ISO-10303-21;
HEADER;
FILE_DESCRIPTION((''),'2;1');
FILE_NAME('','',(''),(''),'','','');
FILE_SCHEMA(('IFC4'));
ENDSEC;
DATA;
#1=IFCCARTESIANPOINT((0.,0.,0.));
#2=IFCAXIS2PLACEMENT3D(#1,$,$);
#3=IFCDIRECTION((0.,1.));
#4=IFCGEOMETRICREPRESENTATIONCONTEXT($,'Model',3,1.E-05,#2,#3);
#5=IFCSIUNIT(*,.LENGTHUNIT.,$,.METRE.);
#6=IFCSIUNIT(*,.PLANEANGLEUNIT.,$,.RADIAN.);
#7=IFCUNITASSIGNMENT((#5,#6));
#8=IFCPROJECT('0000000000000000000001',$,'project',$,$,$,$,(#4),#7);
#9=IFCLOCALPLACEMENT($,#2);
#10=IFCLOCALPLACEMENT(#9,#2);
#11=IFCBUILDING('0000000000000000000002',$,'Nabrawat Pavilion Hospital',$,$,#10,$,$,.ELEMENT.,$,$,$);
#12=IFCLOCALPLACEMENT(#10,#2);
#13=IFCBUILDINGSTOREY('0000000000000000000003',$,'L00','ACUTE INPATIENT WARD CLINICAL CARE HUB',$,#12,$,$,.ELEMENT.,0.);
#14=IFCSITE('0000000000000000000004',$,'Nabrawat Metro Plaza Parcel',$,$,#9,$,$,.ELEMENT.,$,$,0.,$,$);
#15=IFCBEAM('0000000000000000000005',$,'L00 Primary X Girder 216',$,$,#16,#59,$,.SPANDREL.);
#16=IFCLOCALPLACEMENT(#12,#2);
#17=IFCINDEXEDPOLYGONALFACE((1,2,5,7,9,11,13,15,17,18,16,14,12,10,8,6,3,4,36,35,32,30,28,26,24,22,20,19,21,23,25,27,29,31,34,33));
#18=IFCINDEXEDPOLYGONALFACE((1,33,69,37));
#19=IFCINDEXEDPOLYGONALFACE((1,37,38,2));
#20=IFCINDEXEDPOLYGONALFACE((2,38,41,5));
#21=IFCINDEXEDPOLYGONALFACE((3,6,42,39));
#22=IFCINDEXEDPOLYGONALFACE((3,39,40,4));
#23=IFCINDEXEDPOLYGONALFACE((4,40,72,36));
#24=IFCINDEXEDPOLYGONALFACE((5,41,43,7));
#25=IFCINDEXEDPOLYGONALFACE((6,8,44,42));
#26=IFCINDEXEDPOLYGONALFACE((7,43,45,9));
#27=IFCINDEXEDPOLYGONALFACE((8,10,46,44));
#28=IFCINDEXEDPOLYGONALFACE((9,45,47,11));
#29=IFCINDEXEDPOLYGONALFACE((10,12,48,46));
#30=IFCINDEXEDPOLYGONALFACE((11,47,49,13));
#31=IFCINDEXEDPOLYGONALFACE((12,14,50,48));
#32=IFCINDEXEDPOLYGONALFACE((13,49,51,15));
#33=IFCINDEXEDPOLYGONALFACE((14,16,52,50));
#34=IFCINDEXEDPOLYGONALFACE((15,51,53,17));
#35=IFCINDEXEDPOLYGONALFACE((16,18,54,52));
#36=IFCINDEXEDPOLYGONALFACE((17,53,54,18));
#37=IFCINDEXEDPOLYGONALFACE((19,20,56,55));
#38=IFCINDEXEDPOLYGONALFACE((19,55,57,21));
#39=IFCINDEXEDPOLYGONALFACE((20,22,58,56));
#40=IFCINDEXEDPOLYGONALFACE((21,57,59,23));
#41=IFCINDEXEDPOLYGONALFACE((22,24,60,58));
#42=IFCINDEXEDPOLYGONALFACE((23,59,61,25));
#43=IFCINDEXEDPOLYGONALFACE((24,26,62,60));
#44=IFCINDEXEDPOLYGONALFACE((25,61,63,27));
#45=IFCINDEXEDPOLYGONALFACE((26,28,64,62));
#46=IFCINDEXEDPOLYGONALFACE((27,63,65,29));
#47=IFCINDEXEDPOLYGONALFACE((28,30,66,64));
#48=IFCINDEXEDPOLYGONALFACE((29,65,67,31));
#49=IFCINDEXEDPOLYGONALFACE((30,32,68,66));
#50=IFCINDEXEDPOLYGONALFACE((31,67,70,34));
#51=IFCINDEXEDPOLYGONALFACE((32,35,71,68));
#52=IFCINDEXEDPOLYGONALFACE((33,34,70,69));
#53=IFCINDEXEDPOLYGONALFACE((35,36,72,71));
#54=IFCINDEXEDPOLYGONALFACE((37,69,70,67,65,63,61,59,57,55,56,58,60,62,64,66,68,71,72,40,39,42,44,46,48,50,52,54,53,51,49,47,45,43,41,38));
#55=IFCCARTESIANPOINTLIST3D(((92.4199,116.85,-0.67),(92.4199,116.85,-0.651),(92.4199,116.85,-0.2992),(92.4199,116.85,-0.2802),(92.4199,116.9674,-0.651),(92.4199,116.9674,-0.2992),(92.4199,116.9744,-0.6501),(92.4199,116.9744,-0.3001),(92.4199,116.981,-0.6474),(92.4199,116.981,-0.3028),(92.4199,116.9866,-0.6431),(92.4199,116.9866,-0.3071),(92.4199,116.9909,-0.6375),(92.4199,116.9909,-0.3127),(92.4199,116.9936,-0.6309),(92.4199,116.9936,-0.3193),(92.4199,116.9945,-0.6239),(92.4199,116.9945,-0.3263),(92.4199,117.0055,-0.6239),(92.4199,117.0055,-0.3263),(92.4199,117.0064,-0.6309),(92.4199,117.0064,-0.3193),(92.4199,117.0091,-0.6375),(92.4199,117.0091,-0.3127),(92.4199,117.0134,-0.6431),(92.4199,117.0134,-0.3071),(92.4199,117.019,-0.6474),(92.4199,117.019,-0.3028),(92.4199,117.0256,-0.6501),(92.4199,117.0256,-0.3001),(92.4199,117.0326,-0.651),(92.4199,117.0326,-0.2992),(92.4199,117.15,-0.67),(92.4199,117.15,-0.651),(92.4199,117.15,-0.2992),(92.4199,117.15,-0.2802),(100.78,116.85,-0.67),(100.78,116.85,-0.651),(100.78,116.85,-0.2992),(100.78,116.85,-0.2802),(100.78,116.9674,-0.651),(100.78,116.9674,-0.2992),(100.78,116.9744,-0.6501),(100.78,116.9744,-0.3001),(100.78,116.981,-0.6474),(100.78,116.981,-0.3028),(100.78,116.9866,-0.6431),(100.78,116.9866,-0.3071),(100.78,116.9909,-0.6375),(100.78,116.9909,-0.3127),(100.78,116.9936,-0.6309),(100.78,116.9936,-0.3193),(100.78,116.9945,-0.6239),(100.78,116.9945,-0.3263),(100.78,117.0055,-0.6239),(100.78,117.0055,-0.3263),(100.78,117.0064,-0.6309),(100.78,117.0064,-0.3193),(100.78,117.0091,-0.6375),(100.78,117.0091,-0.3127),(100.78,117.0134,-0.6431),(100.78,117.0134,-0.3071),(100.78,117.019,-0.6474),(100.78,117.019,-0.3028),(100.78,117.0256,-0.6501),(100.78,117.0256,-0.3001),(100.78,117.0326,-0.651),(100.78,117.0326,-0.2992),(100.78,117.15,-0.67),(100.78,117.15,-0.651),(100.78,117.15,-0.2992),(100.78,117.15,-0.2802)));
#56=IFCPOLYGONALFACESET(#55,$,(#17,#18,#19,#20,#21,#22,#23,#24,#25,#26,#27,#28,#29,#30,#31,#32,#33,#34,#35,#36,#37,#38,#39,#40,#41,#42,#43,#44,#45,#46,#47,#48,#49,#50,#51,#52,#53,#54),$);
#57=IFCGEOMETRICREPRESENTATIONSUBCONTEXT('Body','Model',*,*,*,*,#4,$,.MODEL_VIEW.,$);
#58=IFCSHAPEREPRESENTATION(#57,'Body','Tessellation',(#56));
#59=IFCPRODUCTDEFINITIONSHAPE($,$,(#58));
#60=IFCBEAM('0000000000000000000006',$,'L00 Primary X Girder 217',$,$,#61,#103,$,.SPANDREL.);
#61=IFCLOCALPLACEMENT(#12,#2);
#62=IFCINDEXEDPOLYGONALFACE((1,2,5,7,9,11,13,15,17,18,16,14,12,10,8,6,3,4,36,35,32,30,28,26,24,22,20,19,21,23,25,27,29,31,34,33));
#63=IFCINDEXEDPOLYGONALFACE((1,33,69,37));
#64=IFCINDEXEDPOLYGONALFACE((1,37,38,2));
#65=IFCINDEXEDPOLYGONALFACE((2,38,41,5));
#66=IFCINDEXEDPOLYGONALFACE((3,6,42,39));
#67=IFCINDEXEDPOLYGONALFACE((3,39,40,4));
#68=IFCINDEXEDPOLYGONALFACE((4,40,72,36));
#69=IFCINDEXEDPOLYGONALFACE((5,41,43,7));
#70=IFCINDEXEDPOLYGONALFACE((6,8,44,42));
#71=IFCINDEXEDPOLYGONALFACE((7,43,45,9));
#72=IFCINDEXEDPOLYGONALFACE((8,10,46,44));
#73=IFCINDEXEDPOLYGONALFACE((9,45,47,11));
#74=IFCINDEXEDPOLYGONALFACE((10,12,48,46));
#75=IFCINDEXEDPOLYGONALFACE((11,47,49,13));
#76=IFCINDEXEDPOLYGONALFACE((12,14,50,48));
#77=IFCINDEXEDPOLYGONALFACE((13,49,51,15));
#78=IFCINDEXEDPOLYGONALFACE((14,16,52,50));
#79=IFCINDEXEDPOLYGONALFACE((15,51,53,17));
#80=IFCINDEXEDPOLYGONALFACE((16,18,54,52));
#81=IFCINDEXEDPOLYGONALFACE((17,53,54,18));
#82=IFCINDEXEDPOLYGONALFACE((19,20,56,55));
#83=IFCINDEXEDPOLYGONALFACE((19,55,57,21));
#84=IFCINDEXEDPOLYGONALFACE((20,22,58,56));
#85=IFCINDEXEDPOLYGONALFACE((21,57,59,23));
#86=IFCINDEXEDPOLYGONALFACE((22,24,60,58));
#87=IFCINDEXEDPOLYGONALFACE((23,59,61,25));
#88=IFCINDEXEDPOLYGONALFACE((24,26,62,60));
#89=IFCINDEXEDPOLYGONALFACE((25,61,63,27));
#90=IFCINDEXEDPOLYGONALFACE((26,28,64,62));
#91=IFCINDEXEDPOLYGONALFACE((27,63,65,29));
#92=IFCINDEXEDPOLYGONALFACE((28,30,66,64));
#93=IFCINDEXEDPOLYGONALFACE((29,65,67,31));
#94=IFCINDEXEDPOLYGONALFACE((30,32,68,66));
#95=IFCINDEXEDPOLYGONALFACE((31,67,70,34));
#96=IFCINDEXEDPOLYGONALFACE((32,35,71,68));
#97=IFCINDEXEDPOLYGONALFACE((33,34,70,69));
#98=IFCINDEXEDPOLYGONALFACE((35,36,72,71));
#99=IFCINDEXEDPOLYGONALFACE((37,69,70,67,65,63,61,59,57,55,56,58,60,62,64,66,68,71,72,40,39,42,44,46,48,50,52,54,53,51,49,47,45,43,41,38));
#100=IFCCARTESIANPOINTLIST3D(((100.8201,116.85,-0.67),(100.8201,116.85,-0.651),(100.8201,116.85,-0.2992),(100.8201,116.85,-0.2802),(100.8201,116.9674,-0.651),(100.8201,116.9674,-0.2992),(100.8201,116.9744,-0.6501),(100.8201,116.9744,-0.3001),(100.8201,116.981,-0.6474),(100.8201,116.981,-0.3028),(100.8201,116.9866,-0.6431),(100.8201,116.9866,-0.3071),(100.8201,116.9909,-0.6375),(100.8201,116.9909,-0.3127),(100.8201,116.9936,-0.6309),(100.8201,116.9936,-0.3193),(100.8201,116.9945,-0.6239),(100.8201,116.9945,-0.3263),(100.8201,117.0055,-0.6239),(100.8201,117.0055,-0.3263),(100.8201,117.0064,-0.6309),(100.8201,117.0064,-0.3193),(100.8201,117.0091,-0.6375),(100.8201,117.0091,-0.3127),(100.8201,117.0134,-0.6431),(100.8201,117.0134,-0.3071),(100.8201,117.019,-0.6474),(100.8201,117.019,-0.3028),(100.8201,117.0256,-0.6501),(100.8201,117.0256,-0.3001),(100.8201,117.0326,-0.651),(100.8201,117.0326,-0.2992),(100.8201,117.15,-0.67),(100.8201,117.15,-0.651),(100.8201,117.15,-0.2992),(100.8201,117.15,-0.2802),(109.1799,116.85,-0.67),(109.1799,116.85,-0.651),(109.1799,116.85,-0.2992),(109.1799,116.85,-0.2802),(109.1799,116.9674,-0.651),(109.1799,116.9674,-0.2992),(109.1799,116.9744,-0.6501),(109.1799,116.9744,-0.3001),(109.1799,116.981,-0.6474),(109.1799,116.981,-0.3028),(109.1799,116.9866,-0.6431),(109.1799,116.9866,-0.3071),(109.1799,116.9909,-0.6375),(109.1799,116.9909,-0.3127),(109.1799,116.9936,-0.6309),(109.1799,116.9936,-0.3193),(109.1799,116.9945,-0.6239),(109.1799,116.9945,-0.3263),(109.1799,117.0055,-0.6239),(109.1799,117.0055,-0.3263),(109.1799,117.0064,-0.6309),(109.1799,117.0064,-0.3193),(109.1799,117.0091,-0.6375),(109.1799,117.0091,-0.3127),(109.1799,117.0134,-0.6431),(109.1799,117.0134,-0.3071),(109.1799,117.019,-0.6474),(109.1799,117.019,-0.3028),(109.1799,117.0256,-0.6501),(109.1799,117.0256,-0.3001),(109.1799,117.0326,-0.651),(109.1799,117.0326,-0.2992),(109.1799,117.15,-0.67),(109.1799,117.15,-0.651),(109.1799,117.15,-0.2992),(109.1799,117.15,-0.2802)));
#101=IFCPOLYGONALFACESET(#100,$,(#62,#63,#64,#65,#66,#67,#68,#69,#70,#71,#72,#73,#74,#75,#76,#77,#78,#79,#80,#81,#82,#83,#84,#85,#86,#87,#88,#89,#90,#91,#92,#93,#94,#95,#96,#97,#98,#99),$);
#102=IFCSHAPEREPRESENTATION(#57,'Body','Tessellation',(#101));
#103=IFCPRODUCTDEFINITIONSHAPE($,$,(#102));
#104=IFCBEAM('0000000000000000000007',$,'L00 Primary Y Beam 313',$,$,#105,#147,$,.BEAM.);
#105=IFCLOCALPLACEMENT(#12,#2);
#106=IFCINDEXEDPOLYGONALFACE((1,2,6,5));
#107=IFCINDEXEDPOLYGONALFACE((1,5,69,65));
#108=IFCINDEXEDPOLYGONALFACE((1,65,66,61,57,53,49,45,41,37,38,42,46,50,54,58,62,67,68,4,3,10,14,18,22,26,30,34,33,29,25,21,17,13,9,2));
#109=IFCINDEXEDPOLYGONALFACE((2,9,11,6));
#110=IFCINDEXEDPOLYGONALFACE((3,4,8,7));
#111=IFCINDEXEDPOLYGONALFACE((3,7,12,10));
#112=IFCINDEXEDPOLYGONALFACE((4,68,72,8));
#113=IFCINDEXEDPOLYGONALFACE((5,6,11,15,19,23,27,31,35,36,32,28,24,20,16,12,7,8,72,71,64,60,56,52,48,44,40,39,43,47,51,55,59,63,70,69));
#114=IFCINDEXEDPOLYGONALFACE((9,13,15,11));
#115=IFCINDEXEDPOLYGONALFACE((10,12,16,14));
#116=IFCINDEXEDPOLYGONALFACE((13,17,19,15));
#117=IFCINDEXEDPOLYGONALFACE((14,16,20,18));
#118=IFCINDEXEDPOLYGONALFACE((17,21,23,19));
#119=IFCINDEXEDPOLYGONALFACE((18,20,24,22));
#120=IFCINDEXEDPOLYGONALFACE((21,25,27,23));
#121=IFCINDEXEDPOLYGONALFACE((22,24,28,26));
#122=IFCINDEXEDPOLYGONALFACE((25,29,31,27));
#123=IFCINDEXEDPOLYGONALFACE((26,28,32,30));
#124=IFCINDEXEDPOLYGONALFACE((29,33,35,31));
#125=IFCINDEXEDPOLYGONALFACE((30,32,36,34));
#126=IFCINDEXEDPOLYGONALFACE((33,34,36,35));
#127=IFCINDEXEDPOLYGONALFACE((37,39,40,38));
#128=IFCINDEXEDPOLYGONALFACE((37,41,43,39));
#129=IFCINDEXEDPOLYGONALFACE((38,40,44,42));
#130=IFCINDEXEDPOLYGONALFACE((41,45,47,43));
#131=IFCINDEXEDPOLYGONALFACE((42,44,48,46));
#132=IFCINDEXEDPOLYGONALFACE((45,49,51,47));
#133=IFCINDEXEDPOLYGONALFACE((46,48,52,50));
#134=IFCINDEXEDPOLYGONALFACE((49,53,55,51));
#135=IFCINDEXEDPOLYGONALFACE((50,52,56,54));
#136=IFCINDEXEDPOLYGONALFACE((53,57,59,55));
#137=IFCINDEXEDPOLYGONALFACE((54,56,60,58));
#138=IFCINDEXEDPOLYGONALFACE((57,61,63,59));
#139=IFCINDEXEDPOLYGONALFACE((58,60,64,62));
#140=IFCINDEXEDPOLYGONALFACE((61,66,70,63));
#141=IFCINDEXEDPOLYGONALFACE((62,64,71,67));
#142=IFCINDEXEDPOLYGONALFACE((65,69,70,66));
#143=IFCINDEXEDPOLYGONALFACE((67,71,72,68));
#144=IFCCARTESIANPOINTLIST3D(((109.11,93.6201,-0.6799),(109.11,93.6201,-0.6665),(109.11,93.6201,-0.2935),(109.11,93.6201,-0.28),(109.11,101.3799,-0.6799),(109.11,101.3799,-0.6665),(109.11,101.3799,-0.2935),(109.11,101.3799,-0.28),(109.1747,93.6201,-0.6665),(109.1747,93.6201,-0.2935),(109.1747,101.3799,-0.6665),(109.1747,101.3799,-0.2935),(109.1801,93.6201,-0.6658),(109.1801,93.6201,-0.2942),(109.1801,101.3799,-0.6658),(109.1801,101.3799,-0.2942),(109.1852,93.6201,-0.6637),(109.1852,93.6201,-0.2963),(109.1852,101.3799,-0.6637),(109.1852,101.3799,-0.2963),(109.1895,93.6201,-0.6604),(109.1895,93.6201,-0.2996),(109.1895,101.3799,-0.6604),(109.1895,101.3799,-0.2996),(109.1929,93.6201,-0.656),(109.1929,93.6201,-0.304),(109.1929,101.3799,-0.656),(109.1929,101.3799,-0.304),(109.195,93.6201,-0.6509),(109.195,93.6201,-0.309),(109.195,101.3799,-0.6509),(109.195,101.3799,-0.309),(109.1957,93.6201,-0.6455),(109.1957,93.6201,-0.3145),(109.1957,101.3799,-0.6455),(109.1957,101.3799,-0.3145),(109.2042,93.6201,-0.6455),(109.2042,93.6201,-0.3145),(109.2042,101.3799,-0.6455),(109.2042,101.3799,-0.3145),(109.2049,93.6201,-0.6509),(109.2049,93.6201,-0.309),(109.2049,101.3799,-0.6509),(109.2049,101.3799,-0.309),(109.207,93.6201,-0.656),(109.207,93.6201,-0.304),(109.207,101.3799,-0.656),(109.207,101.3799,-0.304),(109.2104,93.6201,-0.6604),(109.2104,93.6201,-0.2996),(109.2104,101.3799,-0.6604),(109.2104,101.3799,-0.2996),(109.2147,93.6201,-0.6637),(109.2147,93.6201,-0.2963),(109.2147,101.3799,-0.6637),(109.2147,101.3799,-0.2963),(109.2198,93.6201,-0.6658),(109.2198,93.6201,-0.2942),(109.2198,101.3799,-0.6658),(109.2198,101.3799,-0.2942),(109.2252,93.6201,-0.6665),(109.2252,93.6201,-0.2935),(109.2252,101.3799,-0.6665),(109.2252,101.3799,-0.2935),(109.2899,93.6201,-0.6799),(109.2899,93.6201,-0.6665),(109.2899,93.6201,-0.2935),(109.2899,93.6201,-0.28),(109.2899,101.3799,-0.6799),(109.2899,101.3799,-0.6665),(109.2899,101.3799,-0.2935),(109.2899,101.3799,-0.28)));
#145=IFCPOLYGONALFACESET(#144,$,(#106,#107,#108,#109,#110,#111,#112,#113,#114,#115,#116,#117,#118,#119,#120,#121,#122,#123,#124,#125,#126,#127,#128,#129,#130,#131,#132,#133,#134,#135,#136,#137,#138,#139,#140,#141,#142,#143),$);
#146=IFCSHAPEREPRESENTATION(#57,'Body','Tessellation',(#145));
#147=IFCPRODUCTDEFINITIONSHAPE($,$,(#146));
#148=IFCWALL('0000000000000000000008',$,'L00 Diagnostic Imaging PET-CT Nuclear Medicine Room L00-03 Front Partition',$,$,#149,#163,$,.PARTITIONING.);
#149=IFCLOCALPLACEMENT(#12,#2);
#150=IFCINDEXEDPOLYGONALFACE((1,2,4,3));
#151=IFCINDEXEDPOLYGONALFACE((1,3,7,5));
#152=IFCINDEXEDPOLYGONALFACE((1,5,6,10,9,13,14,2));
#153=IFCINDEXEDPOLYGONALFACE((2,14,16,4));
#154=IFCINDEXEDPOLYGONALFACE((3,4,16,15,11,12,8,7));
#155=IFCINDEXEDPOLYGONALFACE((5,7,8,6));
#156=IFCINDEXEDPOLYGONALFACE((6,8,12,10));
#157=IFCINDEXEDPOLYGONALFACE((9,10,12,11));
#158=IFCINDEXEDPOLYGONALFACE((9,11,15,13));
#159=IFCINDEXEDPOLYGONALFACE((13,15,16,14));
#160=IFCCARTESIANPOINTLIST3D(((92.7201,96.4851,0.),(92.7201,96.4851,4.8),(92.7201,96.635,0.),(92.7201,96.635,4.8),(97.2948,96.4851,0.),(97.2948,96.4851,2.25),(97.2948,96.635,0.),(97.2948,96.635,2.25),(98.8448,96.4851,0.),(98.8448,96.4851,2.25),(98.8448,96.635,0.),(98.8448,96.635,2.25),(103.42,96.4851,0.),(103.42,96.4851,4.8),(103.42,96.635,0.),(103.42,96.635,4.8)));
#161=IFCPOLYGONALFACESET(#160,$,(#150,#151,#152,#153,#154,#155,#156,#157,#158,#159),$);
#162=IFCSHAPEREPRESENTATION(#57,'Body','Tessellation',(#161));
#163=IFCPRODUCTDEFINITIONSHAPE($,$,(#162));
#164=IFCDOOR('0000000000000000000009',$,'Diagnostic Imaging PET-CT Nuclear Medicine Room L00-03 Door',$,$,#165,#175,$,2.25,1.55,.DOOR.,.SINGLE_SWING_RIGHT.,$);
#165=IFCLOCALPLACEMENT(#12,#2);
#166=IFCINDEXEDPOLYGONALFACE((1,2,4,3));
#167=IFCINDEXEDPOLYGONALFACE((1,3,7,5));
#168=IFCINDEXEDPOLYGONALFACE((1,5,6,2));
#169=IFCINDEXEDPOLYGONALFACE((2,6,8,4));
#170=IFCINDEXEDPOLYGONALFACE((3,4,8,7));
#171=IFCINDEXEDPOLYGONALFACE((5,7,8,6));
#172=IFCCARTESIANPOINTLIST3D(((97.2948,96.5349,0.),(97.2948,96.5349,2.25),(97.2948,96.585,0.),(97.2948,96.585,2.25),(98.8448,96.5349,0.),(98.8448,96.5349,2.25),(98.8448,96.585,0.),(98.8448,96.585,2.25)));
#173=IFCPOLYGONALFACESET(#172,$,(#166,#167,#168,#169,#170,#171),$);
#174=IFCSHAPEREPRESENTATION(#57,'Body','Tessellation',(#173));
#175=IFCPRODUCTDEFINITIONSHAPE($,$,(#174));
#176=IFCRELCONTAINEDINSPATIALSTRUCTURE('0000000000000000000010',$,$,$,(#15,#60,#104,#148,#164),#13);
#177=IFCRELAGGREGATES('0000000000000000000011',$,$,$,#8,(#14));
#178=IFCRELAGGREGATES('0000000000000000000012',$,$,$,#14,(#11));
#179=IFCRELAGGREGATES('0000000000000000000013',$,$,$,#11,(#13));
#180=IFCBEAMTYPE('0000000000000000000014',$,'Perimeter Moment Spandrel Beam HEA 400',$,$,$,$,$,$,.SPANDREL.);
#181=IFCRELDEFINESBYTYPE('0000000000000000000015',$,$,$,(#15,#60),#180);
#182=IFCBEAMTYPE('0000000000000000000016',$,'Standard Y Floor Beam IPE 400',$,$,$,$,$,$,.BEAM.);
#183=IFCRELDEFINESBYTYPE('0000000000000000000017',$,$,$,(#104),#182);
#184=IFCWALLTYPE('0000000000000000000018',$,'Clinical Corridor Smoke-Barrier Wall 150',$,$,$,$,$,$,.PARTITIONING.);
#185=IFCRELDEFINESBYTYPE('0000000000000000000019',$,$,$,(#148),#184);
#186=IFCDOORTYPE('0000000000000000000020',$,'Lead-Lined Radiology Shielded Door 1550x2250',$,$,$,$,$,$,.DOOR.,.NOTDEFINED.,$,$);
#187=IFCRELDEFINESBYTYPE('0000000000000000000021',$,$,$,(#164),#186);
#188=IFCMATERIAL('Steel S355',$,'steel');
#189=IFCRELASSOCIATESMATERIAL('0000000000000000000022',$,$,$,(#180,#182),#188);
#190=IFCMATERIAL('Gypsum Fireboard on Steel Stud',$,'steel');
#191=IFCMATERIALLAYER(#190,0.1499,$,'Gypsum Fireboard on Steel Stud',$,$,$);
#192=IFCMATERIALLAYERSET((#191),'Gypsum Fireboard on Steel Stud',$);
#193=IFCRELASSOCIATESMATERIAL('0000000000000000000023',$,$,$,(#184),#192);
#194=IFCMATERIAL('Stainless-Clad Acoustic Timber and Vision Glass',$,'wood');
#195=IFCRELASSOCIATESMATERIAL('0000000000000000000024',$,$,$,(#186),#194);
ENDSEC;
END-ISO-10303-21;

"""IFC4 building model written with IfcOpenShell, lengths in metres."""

from ifc_helpers import new_model, si_unit, direction, frame, frame_2d, origin, origin_2d, place, context, subcontext, project, spatial, rectangle, i_section, extrude, material, layer, layer_set, material_profile, profile_set, type_object, element, fill, save


model = new_model("IFC4")

# Units and contexts
model_context = context("Model", 3, precision=1e-05, world=origin(), true_north=direction((0.0, 1.0)))
body_context = subcontext(model_context, "Body", "Model", "MODEL_VIEW")
ifc_project = project(units=[si_unit("LENGTHUNIT", "METRE"), si_unit("PLANEANGLEUNIT", "RADIAN")], contexts=[model_context])

# Site, building, storey
site_placement = place(None, origin())
site = spatial("IfcSite", under=ifc_project, at=site_placement, Name="Nabrawat Metro Plaza Parcel", CompositionType="ELEMENT", RefElevation=0.0)
building_placement = place(site_placement, origin())
building = spatial("IfcBuilding", under=site, at=building_placement, Name="Nabrawat Pavilion Hospital", CompositionType="ELEMENT")
storey_placement = place(building_placement, origin())
storey = spatial("IfcBuildingStorey", under=building, at=storey_placement, Name="L00", Description="ACUTE INPATIENT WARD CLINICAL CARE HUB", CompositionType="ELEMENT", Elevation=0.0)

# Shared definitions
ifc_material_1 = material(Name="Steel S355", Category="steel")

# Beams
ifc_material_profile_1 = material_profile(ifc_material_1, i_section(OverallWidth=0.3, OverallDepth=0.3899, WebThickness=0.011, FlangeThickness=0.019, FilletRadius=0.0271, at=origin_2d()), Name="HEA 400")
ifc_profile_set_1 = profile_set([ifc_material_profile_1], Name="Steel S355")
beam_type_1 = type_object("IfcBeamType", Name="Perimeter Moment Spandrel Beam HEA 400", PredefinedType="SPANDREL", material=ifc_profile_set_1)
beam_1_placement = place(storey_placement, frame((92.4199, 117.0, -0.4751), z_axis=(1.0, 0.0, 0.0), x_axis=(0.0, 1.0, 0.0)))
element("IfcBeam", 1, at=beam_1_placement, inside=storey, type_object=beam_type_1, Name="L00 Primary X Girder 216", PredefinedType="SPANDREL", context=body_context, shape_type="SweptSolid", body=[
    extrude(i_section(OverallWidth=0.3, OverallDepth=0.3899, WebThickness=0.011, FlangeThickness=0.019, FilletRadius=0.0271, at=origin_2d()), origin(), (0.0, 0.0, 1.0), 8.3601),
])
beam_2_placement = place(storey_placement, frame((100.8201, 117.0, -0.4751), z_axis=(1.0, 0.0, 0.0), x_axis=(0.0, 1.0, 0.0)))
element("IfcBeam", 2, at=beam_2_placement, inside=storey, type_object=beam_type_1, Name="L00 Primary X Girder 217", PredefinedType="SPANDREL", context=body_context, shape_type="SweptSolid", body=[
    extrude(i_section(OverallWidth=0.3, OverallDepth=0.3899, WebThickness=0.011, FlangeThickness=0.019, FilletRadius=0.0271, at=origin_2d()), origin(), (0.0, 0.0, 1.0), 8.3599),
])
ifc_material_profile_2 = material_profile(ifc_material_1, i_section(OverallWidth=0.1799, OverallDepth=0.3999, WebThickness=0.0085, FlangeThickness=0.0134, FilletRadius=0.021, at=origin_2d()), Name="IPE 400")
ifc_profile_set_2 = profile_set([ifc_material_profile_2], Name="Steel S355")
beam_type_2 = type_object("IfcBeamType", Name="Standard Y Floor Beam IPE 400", PredefinedType="BEAM", material=ifc_profile_set_2)
beam_3_placement = place(storey_placement, frame((109.2, 93.6201, -0.48), z_axis=(0.0, 1.0, 0.0), x_axis=(-1.0, 0.0, 0.0)))
element("IfcBeam", 3, at=beam_3_placement, inside=storey, type_object=beam_type_2, Name="L00 Primary Y Beam 313", PredefinedType="BEAM", context=body_context, shape_type="SweptSolid", body=[
    extrude(i_section(OverallWidth=0.1799, OverallDepth=0.3999, WebThickness=0.0085, FlangeThickness=0.0134, FilletRadius=0.021, at=origin_2d()), origin(), (0.0, 0.0, 1.0), 7.7598),
])

# Wall, opening, door
ifc_material_2 = material(Name="Gypsum Fireboard on Steel Stud", Category="steel")
ifc_layer_1 = layer(ifc_material_2, 0.1499, Name="Gypsum Fireboard on Steel Stud")
ifc_layer_set_1 = layer_set([ifc_layer_1], Name="Gypsum Fireboard on Steel Stud")
wall_type_1 = type_object("IfcWallType", Name="Clinical Corridor Smoke-Barrier Wall 150", PredefinedType="PARTITIONING", material=ifc_layer_set_1)
wall_1_placement = place(storey_placement, frame((92.72, 96.5601, 0.0), z_axis=(0.0, 0.0, 1.0), x_axis=(1.0, 0.0, 0.0)))
wall_1 = element("IfcWall", 4, at=wall_1_placement, inside=storey, type_object=wall_type_1, Name="L00 Diagnostic Imaging PET-CT Nuclear Medicine Room L00-03 Front Partition", PredefinedType="PARTITIONING", context=body_context, shape_type="SweptSolid", body=[
    extrude(rectangle(XDim=10.7, YDim=0.1499, at=frame_2d((5.3501, 0.0))), origin(), (0.0, 0.0, 1.0), 4.8),
])
opening_1_placement = place(wall_1_placement, frame((4.575, 0.0, 0.0)))
opening_1 = element("IfcOpeningElement", 5, at=opening_1_placement, cuts=wall_1, PredefinedType="OPENING", context=body_context, shape_type="SweptSolid", body=[
    extrude(rectangle(XDim=1.55, YDim=2.25, at=frame_2d((0.7749, 1.125))), frame((0.0, 0.085, 0.0), z_axis=(0.0, -1.0, 0.0), x_axis=(1.0, 0.0, 0.0)), (0.0, 0.0, 1.0), 0.1699),
])
ifc_material_3 = material(Name="Stainless-Clad Acoustic Timber and Vision Glass", Category="wood")
door_type_1 = type_object("IfcDoorType", Name="Lead-Lined Radiology Shielded Door 1550x2250", OperationType="NOTDEFINED", PredefinedType="DOOR", material=ifc_material_3)
door_1_placement = place(opening_1_placement, origin())
door_1 = element("IfcDoor", 6, at=door_1_placement, inside=storey, type_object=door_type_1, Name="Diagnostic Imaging PET-CT Nuclear Medicine Room L00-03 Door", OperationType="SINGLE_SWING_RIGHT", OverallHeight=2.25, OverallWidth=1.55, PredefinedType="DOOR", context=body_context, shape_type="SweptSolid", body=[
    extrude(rectangle(XDim=1.55, YDim=2.25, at=frame_2d((0.7749, 1.125))), frame((0.0, 0.0249, 0.0), z_axis=(0.0, -1.0, 0.0), x_axis=(1.0, 0.0, 0.0)), (0.0, 0.0, 1.0), 0.05),
])
fill(opening_1, door_1)

save(model, "model.ifc")
